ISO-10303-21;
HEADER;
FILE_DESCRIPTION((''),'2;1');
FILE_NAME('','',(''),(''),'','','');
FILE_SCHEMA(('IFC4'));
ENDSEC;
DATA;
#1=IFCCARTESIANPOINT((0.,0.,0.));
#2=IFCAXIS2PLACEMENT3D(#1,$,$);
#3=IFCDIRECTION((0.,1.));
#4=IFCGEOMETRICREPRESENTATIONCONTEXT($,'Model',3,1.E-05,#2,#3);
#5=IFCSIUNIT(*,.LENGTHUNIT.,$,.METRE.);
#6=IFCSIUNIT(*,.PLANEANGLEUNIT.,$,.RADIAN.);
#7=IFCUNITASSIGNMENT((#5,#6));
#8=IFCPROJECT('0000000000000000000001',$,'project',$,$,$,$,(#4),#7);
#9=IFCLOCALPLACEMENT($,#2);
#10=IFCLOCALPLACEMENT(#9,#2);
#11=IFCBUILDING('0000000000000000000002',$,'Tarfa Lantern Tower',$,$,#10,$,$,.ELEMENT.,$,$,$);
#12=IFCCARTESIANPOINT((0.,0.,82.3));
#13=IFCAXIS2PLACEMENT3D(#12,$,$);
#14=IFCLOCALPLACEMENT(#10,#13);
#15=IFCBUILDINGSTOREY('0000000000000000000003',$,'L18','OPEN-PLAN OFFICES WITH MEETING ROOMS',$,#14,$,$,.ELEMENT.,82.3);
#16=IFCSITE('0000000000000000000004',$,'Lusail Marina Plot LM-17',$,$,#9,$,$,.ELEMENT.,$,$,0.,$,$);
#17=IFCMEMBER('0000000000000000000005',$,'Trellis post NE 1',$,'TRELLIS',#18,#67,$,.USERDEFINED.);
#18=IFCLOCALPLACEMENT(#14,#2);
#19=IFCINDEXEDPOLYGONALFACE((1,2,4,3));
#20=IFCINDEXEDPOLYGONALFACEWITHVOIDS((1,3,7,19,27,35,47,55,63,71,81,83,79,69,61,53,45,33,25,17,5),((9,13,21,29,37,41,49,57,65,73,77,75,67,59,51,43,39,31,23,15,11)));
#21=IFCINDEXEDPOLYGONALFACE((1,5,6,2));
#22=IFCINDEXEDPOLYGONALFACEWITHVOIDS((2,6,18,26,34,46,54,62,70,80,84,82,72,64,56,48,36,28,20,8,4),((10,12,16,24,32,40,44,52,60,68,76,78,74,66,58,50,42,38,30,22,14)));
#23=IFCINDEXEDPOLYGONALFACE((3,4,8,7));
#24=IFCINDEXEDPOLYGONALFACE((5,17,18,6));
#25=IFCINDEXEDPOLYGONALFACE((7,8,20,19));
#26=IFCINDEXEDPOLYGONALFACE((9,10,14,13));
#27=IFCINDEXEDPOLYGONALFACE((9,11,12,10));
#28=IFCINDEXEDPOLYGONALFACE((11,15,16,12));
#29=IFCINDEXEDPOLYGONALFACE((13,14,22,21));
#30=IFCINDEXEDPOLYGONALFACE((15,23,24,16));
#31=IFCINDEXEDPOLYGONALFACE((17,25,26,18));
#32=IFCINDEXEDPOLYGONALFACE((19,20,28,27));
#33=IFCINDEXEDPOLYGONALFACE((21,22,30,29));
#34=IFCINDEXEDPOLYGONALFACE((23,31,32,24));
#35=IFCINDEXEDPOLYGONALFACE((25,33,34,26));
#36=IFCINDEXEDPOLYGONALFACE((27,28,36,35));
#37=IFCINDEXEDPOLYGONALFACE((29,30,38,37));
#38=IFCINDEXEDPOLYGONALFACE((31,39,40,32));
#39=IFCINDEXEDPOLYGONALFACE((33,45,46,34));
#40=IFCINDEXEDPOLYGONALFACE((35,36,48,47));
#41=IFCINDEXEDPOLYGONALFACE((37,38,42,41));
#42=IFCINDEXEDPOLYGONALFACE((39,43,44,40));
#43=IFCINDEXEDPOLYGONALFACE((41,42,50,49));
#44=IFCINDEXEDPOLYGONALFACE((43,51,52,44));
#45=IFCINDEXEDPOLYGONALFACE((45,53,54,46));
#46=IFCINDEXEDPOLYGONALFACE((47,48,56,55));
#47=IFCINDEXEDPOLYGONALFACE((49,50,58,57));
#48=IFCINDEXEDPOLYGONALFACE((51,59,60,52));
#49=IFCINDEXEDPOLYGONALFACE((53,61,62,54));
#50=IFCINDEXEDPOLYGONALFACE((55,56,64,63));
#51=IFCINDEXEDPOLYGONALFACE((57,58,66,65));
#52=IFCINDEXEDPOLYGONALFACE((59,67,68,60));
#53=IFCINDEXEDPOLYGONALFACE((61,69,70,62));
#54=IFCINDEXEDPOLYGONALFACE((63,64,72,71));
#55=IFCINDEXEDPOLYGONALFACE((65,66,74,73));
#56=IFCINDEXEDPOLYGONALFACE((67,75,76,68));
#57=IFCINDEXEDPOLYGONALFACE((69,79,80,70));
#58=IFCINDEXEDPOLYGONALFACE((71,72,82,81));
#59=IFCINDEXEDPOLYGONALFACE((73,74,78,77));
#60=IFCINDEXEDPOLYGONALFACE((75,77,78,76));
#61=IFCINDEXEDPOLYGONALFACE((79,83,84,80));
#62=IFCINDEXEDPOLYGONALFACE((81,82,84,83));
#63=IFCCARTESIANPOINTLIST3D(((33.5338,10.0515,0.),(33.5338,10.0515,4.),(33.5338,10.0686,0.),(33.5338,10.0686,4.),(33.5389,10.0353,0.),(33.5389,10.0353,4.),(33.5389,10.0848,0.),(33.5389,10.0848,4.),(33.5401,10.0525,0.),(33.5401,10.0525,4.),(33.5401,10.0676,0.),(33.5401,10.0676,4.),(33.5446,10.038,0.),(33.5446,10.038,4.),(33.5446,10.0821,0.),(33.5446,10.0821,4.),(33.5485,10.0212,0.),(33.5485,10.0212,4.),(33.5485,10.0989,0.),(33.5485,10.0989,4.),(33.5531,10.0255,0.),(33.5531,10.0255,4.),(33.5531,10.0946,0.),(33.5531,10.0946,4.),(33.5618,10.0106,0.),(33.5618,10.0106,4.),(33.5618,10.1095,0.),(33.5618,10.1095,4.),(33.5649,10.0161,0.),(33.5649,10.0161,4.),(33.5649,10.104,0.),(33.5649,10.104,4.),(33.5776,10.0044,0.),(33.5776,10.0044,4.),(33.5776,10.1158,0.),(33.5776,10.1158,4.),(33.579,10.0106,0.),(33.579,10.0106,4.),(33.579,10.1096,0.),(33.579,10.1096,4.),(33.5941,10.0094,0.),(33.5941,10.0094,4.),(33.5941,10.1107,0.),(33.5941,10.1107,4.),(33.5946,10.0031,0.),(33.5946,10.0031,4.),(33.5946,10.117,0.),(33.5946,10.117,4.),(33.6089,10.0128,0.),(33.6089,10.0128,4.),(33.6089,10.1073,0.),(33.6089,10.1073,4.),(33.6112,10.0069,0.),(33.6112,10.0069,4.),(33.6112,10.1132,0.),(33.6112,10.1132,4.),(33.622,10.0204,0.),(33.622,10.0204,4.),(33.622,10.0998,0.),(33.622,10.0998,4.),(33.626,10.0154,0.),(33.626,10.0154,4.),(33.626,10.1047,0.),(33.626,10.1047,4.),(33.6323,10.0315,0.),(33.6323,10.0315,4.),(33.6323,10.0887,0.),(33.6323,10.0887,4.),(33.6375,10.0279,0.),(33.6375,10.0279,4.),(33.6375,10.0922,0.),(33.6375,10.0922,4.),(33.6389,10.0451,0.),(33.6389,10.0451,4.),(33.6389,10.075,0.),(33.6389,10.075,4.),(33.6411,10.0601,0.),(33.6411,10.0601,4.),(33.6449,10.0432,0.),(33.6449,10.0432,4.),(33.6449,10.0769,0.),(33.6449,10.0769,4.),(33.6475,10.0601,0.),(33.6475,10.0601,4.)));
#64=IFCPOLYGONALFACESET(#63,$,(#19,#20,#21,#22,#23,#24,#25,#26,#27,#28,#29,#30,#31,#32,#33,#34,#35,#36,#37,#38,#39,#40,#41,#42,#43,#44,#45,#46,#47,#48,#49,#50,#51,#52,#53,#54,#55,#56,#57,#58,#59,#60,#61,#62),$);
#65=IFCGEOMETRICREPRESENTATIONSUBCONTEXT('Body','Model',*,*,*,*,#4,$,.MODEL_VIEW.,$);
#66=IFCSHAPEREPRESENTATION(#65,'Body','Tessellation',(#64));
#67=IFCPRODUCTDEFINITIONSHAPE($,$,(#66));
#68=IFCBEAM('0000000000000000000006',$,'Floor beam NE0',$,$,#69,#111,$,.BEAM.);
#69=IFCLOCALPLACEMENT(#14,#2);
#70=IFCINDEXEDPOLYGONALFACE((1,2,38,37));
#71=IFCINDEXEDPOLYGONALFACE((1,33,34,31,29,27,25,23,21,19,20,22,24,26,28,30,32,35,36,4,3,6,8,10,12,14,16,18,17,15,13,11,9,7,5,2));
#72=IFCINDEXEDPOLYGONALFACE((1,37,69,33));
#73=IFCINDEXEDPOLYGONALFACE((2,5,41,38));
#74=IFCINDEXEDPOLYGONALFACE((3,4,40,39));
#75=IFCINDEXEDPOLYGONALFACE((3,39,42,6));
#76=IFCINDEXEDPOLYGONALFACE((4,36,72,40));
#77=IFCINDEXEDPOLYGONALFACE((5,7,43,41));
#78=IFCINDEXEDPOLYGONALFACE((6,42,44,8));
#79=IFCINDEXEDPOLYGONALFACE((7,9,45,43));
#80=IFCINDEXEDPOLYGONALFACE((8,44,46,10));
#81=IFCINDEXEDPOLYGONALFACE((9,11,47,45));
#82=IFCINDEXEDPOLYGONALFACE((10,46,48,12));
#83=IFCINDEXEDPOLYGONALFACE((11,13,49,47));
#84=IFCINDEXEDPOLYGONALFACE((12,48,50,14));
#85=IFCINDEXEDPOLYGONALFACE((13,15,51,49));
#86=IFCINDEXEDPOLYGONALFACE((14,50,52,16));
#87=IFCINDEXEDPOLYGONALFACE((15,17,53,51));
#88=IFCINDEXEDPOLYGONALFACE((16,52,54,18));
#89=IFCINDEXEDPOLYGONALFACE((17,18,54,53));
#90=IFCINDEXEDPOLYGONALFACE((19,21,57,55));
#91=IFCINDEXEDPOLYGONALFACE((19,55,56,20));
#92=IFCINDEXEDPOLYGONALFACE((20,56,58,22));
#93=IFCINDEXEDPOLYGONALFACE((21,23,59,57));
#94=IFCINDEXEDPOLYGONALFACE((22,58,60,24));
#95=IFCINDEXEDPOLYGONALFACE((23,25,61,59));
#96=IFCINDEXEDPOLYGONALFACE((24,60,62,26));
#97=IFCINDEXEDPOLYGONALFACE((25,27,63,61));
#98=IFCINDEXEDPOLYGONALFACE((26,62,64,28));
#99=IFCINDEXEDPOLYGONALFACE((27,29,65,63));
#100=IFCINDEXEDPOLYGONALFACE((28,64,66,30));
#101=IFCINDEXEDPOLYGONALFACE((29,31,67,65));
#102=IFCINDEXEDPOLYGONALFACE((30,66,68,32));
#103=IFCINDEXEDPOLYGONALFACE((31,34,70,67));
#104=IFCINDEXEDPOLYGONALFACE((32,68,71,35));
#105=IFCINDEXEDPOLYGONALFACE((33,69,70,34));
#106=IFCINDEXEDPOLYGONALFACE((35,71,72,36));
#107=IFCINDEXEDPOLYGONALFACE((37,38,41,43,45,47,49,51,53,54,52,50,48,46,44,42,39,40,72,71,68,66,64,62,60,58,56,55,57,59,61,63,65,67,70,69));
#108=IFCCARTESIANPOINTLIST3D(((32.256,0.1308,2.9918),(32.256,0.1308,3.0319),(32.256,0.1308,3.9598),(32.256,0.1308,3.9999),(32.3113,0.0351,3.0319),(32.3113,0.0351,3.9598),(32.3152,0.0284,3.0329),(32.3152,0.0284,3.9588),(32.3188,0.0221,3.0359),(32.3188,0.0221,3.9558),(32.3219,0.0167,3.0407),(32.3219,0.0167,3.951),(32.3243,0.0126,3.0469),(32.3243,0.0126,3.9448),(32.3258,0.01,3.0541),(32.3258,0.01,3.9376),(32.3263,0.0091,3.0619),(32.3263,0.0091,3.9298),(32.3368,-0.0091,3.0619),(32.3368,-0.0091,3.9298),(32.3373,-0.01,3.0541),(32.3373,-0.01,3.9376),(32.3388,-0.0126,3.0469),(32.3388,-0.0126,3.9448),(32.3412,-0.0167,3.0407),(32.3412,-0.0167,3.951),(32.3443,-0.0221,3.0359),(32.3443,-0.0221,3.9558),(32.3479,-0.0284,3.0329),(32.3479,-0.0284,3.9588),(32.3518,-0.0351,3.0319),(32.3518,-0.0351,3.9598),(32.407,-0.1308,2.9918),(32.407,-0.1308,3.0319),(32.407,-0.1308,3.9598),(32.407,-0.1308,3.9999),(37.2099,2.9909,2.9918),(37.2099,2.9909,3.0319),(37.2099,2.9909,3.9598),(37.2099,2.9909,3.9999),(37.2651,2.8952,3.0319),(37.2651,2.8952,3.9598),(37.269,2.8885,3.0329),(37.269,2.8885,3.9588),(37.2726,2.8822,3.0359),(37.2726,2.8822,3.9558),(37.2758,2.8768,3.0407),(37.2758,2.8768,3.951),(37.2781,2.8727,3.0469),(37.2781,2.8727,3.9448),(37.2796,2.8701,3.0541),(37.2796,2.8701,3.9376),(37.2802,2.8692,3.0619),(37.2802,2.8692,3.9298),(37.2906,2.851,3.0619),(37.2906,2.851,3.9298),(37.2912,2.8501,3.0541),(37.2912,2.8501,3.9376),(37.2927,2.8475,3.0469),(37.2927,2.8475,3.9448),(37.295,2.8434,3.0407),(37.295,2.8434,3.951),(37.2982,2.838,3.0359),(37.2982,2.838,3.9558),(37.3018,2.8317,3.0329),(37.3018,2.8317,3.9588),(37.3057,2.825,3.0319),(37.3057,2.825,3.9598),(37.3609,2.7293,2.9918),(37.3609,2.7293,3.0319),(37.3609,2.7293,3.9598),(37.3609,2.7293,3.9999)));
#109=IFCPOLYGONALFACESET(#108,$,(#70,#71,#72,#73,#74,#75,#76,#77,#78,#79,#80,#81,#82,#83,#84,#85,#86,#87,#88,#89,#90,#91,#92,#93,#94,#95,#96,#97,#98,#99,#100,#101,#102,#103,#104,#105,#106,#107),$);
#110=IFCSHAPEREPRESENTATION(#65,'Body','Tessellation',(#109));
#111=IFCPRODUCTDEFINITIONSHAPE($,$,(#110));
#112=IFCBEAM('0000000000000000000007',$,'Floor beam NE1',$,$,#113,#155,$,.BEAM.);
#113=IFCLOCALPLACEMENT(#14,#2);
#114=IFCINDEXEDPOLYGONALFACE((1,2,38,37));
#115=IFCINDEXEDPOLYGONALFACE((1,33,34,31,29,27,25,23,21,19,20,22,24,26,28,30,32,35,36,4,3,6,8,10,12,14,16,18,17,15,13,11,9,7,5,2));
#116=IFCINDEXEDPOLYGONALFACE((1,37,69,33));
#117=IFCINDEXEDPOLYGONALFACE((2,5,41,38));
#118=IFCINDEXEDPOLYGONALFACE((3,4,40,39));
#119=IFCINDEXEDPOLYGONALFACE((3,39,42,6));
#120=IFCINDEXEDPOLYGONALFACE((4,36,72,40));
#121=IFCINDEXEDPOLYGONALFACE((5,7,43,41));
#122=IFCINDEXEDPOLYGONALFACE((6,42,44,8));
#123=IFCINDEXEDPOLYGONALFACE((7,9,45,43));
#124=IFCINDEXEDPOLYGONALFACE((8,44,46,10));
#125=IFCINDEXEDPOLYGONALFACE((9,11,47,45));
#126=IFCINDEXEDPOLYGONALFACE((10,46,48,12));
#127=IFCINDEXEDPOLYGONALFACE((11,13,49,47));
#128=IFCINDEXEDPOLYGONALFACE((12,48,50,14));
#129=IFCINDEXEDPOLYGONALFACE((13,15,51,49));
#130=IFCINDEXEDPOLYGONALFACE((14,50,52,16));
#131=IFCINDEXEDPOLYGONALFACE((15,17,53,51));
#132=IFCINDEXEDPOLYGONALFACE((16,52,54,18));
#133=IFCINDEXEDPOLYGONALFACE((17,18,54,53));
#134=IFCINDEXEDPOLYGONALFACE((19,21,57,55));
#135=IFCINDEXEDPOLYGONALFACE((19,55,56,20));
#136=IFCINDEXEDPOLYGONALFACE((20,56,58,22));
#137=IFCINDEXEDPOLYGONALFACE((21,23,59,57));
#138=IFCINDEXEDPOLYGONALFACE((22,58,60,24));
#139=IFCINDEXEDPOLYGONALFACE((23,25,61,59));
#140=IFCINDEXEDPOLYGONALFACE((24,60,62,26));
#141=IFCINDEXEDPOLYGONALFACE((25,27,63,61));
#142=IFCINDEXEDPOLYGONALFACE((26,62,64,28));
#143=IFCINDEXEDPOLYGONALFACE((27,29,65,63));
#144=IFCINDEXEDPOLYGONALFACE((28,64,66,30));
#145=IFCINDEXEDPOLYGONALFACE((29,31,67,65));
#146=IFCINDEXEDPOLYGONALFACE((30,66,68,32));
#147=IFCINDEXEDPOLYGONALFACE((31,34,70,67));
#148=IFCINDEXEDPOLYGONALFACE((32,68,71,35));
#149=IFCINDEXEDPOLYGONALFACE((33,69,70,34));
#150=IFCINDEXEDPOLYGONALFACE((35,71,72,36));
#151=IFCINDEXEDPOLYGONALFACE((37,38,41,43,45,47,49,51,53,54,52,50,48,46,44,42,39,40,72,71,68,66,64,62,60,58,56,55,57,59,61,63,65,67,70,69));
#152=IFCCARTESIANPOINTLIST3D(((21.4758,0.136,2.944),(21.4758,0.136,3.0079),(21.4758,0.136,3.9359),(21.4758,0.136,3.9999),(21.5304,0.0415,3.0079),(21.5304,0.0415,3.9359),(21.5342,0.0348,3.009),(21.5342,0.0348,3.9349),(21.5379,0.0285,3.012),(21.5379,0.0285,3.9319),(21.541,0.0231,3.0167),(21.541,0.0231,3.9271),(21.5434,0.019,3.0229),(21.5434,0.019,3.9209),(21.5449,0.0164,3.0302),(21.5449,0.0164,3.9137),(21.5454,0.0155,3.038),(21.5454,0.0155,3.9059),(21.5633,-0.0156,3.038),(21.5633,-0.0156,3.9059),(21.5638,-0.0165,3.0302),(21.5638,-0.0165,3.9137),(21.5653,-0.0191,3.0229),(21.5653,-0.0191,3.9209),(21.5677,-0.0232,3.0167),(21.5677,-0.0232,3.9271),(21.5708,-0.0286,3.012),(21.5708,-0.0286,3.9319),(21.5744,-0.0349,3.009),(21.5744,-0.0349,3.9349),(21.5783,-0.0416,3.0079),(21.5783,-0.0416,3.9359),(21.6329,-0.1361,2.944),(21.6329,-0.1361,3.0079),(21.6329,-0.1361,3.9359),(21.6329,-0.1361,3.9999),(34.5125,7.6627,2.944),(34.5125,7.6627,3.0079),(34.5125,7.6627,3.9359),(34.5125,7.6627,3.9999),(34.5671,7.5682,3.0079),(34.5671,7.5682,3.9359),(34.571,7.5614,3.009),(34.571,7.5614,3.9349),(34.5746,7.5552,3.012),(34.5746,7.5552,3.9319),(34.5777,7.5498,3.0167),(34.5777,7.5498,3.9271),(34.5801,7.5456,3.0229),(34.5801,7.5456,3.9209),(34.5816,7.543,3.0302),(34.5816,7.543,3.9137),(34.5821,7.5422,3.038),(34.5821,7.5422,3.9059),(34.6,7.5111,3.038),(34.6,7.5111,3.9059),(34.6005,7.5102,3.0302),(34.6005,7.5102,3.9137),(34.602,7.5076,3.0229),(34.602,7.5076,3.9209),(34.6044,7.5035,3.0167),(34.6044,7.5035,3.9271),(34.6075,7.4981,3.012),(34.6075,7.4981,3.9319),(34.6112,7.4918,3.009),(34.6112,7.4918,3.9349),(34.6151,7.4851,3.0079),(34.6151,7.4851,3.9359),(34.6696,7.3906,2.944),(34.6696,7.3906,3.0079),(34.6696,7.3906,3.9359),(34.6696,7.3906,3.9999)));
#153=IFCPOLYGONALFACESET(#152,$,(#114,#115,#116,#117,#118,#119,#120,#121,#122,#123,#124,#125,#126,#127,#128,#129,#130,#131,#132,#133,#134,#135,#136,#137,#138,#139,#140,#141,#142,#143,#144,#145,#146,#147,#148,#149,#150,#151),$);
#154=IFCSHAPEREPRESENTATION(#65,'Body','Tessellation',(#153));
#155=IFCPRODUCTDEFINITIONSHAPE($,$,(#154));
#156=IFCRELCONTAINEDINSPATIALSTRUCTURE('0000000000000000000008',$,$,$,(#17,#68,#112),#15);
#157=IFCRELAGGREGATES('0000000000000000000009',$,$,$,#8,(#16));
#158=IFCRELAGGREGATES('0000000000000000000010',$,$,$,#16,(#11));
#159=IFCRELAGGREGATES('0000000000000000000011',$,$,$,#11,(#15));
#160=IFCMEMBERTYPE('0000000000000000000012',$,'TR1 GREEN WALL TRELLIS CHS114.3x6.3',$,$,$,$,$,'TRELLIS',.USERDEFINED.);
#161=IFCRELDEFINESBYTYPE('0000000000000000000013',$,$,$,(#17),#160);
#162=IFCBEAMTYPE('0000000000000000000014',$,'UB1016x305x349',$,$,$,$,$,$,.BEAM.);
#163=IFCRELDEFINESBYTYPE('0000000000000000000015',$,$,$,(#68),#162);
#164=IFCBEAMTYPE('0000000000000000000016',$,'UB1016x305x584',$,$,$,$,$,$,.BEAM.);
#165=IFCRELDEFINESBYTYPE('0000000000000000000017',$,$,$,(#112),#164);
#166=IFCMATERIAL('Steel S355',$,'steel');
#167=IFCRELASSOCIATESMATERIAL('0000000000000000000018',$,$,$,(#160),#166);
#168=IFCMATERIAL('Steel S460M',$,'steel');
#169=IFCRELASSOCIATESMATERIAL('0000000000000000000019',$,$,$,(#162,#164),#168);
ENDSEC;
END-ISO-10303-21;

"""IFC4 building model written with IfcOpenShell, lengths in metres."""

from ifc_helpers import new_model, si_unit, direction, frame, origin, origin_2d, place, context, subcontext, project, spatial, hollow_circle, i_section, extrude, material, material_profile, profile_set, type_object, element, save


model = new_model("IFC4")

# Units and contexts
model_context = context("Model", 3, precision=1e-05, world=origin(), true_north=direction((0.0, 1.0)))
body_context = subcontext(model_context, "Body", "Model", "MODEL_VIEW")
ifc_project = project(units=[si_unit("LENGTHUNIT", "METRE"), si_unit("PLANEANGLEUNIT", "RADIAN")], contexts=[model_context])

# Site, building, storey
site_placement = place(None, origin())
site = spatial("IfcSite", under=ifc_project, at=site_placement, Name="Lusail Marina Plot LM-17", CompositionType="ELEMENT", RefElevation=0.0)
building_placement = place(site_placement, origin())
building = spatial("IfcBuilding", under=site, at=building_placement, Name="Tarfa Lantern Tower", CompositionType="ELEMENT")
storey_placement = place(building_placement, frame((0.0, 0.0, 82.3)))
storey = spatial("IfcBuildingStorey", under=building, at=storey_placement, Name="L18", Description="OPEN-PLAN OFFICES WITH MEETING ROOMS", CompositionType="ELEMENT", Elevation=82.3)

# Member
ifc_material_1 = material(Name="Steel S355", Category="steel")
ifc_material_profile_1 = material_profile(ifc_material_1, hollow_circle(Radius=0.0571, WallThickness=0.0063, at=origin_2d()), Name="CHS114.3x6.3")
ifc_profile_set_1 = profile_set([ifc_material_profile_1], Name="Steel S355")
member_type_1 = type_object("IfcMemberType", Name="TR1 GREEN WALL TRELLIS CHS114.3x6.3", ElementType="TRELLIS", PredefinedType="USERDEFINED", material=ifc_profile_set_1)
member_1_placement = place(storey_placement, frame((33.5903, 10.0601, 0.0), z_axis=(0.0, 0.0, 1.0), x_axis=(1.0, 0.0, 0.0)))
element("IfcMember", 1, at=member_1_placement, inside=storey, type_object=member_type_1, Name="Trellis post NE 1", ObjectType="TRELLIS", PredefinedType="USERDEFINED", context=body_context, shape_type="SweptSolid", body=[
    extrude(hollow_circle(Radius=0.0571, WallThickness=0.0063, at=origin_2d()), origin(), (0.0, 0.0, 1.0), 4.0),
])

# Beams
ifc_material_2 = material(Name="Steel S460M", Category="steel")
ifc_material_profile_2 = material_profile(ifc_material_2, i_section(OverallWidth=0.302, OverallDepth=1.0081, WebThickness=0.021, FlangeThickness=0.04, FilletRadius=0.03, at=origin_2d()), Name="UB1016x305x349")
ifc_profile_set_2 = profile_set([ifc_material_profile_2], Name="Steel S460M")
beam_type_1 = type_object("IfcBeamType", Name="UB1016x305x349", PredefinedType="BEAM", material=ifc_profile_set_2)
beam_1_placement = place(storey_placement, frame((37.2854, 2.8601, 3.4958), z_axis=(-0.866026, -0.5, 0.0), x_axis=(0.5, -0.866026, 0.0)))
element("IfcBeam", 2, at=beam_1_placement, inside=storey, type_object=beam_type_1, Name="Floor beam NE0", PredefinedType="BEAM", context=body_context, shape_type="SweptSolid", body=[
    extrude(i_section(OverallWidth=0.302, OverallDepth=1.0081, WebThickness=0.021, FlangeThickness=0.04, FilletRadius=0.03, at=origin_2d()), origin(), (0.0, 0.0, 1.0), 5.7202),
])
ifc_material_profile_3 = material_profile(ifc_material_2, i_section(OverallWidth=0.3142, OverallDepth=1.0559, WebThickness=0.0359, FlangeThickness=0.064, FilletRadius=0.03, at=origin_2d()), Name="UB1016x305x584")
ifc_profile_set_3 = profile_set([ifc_material_profile_3], Name="Steel S460M")
beam_type_2 = type_object("IfcBeamType", Name="UB1016x305x584", PredefinedType="BEAM", material=ifc_profile_set_3)
beam_2_placement = place(storey_placement, frame((34.5911, 7.5266, 3.4719), z_axis=(-0.866028, -0.499996, 0.0), x_axis=(0.499996, -0.866028, 0.0)))
element("IfcBeam", 3, at=beam_2_placement, inside=storey, type_object=beam_type_2, Name="Floor beam NE1", PredefinedType="BEAM", context=body_context, shape_type="SweptSolid", body=[
    extrude(i_section(OverallWidth=0.3142, OverallDepth=1.0559, WebThickness=0.0359, FlangeThickness=0.064, FilletRadius=0.03, at=origin_2d()), origin(), (0.0, 0.0, 1.0), 15.0535),
])

save(model, "model.ifc")
